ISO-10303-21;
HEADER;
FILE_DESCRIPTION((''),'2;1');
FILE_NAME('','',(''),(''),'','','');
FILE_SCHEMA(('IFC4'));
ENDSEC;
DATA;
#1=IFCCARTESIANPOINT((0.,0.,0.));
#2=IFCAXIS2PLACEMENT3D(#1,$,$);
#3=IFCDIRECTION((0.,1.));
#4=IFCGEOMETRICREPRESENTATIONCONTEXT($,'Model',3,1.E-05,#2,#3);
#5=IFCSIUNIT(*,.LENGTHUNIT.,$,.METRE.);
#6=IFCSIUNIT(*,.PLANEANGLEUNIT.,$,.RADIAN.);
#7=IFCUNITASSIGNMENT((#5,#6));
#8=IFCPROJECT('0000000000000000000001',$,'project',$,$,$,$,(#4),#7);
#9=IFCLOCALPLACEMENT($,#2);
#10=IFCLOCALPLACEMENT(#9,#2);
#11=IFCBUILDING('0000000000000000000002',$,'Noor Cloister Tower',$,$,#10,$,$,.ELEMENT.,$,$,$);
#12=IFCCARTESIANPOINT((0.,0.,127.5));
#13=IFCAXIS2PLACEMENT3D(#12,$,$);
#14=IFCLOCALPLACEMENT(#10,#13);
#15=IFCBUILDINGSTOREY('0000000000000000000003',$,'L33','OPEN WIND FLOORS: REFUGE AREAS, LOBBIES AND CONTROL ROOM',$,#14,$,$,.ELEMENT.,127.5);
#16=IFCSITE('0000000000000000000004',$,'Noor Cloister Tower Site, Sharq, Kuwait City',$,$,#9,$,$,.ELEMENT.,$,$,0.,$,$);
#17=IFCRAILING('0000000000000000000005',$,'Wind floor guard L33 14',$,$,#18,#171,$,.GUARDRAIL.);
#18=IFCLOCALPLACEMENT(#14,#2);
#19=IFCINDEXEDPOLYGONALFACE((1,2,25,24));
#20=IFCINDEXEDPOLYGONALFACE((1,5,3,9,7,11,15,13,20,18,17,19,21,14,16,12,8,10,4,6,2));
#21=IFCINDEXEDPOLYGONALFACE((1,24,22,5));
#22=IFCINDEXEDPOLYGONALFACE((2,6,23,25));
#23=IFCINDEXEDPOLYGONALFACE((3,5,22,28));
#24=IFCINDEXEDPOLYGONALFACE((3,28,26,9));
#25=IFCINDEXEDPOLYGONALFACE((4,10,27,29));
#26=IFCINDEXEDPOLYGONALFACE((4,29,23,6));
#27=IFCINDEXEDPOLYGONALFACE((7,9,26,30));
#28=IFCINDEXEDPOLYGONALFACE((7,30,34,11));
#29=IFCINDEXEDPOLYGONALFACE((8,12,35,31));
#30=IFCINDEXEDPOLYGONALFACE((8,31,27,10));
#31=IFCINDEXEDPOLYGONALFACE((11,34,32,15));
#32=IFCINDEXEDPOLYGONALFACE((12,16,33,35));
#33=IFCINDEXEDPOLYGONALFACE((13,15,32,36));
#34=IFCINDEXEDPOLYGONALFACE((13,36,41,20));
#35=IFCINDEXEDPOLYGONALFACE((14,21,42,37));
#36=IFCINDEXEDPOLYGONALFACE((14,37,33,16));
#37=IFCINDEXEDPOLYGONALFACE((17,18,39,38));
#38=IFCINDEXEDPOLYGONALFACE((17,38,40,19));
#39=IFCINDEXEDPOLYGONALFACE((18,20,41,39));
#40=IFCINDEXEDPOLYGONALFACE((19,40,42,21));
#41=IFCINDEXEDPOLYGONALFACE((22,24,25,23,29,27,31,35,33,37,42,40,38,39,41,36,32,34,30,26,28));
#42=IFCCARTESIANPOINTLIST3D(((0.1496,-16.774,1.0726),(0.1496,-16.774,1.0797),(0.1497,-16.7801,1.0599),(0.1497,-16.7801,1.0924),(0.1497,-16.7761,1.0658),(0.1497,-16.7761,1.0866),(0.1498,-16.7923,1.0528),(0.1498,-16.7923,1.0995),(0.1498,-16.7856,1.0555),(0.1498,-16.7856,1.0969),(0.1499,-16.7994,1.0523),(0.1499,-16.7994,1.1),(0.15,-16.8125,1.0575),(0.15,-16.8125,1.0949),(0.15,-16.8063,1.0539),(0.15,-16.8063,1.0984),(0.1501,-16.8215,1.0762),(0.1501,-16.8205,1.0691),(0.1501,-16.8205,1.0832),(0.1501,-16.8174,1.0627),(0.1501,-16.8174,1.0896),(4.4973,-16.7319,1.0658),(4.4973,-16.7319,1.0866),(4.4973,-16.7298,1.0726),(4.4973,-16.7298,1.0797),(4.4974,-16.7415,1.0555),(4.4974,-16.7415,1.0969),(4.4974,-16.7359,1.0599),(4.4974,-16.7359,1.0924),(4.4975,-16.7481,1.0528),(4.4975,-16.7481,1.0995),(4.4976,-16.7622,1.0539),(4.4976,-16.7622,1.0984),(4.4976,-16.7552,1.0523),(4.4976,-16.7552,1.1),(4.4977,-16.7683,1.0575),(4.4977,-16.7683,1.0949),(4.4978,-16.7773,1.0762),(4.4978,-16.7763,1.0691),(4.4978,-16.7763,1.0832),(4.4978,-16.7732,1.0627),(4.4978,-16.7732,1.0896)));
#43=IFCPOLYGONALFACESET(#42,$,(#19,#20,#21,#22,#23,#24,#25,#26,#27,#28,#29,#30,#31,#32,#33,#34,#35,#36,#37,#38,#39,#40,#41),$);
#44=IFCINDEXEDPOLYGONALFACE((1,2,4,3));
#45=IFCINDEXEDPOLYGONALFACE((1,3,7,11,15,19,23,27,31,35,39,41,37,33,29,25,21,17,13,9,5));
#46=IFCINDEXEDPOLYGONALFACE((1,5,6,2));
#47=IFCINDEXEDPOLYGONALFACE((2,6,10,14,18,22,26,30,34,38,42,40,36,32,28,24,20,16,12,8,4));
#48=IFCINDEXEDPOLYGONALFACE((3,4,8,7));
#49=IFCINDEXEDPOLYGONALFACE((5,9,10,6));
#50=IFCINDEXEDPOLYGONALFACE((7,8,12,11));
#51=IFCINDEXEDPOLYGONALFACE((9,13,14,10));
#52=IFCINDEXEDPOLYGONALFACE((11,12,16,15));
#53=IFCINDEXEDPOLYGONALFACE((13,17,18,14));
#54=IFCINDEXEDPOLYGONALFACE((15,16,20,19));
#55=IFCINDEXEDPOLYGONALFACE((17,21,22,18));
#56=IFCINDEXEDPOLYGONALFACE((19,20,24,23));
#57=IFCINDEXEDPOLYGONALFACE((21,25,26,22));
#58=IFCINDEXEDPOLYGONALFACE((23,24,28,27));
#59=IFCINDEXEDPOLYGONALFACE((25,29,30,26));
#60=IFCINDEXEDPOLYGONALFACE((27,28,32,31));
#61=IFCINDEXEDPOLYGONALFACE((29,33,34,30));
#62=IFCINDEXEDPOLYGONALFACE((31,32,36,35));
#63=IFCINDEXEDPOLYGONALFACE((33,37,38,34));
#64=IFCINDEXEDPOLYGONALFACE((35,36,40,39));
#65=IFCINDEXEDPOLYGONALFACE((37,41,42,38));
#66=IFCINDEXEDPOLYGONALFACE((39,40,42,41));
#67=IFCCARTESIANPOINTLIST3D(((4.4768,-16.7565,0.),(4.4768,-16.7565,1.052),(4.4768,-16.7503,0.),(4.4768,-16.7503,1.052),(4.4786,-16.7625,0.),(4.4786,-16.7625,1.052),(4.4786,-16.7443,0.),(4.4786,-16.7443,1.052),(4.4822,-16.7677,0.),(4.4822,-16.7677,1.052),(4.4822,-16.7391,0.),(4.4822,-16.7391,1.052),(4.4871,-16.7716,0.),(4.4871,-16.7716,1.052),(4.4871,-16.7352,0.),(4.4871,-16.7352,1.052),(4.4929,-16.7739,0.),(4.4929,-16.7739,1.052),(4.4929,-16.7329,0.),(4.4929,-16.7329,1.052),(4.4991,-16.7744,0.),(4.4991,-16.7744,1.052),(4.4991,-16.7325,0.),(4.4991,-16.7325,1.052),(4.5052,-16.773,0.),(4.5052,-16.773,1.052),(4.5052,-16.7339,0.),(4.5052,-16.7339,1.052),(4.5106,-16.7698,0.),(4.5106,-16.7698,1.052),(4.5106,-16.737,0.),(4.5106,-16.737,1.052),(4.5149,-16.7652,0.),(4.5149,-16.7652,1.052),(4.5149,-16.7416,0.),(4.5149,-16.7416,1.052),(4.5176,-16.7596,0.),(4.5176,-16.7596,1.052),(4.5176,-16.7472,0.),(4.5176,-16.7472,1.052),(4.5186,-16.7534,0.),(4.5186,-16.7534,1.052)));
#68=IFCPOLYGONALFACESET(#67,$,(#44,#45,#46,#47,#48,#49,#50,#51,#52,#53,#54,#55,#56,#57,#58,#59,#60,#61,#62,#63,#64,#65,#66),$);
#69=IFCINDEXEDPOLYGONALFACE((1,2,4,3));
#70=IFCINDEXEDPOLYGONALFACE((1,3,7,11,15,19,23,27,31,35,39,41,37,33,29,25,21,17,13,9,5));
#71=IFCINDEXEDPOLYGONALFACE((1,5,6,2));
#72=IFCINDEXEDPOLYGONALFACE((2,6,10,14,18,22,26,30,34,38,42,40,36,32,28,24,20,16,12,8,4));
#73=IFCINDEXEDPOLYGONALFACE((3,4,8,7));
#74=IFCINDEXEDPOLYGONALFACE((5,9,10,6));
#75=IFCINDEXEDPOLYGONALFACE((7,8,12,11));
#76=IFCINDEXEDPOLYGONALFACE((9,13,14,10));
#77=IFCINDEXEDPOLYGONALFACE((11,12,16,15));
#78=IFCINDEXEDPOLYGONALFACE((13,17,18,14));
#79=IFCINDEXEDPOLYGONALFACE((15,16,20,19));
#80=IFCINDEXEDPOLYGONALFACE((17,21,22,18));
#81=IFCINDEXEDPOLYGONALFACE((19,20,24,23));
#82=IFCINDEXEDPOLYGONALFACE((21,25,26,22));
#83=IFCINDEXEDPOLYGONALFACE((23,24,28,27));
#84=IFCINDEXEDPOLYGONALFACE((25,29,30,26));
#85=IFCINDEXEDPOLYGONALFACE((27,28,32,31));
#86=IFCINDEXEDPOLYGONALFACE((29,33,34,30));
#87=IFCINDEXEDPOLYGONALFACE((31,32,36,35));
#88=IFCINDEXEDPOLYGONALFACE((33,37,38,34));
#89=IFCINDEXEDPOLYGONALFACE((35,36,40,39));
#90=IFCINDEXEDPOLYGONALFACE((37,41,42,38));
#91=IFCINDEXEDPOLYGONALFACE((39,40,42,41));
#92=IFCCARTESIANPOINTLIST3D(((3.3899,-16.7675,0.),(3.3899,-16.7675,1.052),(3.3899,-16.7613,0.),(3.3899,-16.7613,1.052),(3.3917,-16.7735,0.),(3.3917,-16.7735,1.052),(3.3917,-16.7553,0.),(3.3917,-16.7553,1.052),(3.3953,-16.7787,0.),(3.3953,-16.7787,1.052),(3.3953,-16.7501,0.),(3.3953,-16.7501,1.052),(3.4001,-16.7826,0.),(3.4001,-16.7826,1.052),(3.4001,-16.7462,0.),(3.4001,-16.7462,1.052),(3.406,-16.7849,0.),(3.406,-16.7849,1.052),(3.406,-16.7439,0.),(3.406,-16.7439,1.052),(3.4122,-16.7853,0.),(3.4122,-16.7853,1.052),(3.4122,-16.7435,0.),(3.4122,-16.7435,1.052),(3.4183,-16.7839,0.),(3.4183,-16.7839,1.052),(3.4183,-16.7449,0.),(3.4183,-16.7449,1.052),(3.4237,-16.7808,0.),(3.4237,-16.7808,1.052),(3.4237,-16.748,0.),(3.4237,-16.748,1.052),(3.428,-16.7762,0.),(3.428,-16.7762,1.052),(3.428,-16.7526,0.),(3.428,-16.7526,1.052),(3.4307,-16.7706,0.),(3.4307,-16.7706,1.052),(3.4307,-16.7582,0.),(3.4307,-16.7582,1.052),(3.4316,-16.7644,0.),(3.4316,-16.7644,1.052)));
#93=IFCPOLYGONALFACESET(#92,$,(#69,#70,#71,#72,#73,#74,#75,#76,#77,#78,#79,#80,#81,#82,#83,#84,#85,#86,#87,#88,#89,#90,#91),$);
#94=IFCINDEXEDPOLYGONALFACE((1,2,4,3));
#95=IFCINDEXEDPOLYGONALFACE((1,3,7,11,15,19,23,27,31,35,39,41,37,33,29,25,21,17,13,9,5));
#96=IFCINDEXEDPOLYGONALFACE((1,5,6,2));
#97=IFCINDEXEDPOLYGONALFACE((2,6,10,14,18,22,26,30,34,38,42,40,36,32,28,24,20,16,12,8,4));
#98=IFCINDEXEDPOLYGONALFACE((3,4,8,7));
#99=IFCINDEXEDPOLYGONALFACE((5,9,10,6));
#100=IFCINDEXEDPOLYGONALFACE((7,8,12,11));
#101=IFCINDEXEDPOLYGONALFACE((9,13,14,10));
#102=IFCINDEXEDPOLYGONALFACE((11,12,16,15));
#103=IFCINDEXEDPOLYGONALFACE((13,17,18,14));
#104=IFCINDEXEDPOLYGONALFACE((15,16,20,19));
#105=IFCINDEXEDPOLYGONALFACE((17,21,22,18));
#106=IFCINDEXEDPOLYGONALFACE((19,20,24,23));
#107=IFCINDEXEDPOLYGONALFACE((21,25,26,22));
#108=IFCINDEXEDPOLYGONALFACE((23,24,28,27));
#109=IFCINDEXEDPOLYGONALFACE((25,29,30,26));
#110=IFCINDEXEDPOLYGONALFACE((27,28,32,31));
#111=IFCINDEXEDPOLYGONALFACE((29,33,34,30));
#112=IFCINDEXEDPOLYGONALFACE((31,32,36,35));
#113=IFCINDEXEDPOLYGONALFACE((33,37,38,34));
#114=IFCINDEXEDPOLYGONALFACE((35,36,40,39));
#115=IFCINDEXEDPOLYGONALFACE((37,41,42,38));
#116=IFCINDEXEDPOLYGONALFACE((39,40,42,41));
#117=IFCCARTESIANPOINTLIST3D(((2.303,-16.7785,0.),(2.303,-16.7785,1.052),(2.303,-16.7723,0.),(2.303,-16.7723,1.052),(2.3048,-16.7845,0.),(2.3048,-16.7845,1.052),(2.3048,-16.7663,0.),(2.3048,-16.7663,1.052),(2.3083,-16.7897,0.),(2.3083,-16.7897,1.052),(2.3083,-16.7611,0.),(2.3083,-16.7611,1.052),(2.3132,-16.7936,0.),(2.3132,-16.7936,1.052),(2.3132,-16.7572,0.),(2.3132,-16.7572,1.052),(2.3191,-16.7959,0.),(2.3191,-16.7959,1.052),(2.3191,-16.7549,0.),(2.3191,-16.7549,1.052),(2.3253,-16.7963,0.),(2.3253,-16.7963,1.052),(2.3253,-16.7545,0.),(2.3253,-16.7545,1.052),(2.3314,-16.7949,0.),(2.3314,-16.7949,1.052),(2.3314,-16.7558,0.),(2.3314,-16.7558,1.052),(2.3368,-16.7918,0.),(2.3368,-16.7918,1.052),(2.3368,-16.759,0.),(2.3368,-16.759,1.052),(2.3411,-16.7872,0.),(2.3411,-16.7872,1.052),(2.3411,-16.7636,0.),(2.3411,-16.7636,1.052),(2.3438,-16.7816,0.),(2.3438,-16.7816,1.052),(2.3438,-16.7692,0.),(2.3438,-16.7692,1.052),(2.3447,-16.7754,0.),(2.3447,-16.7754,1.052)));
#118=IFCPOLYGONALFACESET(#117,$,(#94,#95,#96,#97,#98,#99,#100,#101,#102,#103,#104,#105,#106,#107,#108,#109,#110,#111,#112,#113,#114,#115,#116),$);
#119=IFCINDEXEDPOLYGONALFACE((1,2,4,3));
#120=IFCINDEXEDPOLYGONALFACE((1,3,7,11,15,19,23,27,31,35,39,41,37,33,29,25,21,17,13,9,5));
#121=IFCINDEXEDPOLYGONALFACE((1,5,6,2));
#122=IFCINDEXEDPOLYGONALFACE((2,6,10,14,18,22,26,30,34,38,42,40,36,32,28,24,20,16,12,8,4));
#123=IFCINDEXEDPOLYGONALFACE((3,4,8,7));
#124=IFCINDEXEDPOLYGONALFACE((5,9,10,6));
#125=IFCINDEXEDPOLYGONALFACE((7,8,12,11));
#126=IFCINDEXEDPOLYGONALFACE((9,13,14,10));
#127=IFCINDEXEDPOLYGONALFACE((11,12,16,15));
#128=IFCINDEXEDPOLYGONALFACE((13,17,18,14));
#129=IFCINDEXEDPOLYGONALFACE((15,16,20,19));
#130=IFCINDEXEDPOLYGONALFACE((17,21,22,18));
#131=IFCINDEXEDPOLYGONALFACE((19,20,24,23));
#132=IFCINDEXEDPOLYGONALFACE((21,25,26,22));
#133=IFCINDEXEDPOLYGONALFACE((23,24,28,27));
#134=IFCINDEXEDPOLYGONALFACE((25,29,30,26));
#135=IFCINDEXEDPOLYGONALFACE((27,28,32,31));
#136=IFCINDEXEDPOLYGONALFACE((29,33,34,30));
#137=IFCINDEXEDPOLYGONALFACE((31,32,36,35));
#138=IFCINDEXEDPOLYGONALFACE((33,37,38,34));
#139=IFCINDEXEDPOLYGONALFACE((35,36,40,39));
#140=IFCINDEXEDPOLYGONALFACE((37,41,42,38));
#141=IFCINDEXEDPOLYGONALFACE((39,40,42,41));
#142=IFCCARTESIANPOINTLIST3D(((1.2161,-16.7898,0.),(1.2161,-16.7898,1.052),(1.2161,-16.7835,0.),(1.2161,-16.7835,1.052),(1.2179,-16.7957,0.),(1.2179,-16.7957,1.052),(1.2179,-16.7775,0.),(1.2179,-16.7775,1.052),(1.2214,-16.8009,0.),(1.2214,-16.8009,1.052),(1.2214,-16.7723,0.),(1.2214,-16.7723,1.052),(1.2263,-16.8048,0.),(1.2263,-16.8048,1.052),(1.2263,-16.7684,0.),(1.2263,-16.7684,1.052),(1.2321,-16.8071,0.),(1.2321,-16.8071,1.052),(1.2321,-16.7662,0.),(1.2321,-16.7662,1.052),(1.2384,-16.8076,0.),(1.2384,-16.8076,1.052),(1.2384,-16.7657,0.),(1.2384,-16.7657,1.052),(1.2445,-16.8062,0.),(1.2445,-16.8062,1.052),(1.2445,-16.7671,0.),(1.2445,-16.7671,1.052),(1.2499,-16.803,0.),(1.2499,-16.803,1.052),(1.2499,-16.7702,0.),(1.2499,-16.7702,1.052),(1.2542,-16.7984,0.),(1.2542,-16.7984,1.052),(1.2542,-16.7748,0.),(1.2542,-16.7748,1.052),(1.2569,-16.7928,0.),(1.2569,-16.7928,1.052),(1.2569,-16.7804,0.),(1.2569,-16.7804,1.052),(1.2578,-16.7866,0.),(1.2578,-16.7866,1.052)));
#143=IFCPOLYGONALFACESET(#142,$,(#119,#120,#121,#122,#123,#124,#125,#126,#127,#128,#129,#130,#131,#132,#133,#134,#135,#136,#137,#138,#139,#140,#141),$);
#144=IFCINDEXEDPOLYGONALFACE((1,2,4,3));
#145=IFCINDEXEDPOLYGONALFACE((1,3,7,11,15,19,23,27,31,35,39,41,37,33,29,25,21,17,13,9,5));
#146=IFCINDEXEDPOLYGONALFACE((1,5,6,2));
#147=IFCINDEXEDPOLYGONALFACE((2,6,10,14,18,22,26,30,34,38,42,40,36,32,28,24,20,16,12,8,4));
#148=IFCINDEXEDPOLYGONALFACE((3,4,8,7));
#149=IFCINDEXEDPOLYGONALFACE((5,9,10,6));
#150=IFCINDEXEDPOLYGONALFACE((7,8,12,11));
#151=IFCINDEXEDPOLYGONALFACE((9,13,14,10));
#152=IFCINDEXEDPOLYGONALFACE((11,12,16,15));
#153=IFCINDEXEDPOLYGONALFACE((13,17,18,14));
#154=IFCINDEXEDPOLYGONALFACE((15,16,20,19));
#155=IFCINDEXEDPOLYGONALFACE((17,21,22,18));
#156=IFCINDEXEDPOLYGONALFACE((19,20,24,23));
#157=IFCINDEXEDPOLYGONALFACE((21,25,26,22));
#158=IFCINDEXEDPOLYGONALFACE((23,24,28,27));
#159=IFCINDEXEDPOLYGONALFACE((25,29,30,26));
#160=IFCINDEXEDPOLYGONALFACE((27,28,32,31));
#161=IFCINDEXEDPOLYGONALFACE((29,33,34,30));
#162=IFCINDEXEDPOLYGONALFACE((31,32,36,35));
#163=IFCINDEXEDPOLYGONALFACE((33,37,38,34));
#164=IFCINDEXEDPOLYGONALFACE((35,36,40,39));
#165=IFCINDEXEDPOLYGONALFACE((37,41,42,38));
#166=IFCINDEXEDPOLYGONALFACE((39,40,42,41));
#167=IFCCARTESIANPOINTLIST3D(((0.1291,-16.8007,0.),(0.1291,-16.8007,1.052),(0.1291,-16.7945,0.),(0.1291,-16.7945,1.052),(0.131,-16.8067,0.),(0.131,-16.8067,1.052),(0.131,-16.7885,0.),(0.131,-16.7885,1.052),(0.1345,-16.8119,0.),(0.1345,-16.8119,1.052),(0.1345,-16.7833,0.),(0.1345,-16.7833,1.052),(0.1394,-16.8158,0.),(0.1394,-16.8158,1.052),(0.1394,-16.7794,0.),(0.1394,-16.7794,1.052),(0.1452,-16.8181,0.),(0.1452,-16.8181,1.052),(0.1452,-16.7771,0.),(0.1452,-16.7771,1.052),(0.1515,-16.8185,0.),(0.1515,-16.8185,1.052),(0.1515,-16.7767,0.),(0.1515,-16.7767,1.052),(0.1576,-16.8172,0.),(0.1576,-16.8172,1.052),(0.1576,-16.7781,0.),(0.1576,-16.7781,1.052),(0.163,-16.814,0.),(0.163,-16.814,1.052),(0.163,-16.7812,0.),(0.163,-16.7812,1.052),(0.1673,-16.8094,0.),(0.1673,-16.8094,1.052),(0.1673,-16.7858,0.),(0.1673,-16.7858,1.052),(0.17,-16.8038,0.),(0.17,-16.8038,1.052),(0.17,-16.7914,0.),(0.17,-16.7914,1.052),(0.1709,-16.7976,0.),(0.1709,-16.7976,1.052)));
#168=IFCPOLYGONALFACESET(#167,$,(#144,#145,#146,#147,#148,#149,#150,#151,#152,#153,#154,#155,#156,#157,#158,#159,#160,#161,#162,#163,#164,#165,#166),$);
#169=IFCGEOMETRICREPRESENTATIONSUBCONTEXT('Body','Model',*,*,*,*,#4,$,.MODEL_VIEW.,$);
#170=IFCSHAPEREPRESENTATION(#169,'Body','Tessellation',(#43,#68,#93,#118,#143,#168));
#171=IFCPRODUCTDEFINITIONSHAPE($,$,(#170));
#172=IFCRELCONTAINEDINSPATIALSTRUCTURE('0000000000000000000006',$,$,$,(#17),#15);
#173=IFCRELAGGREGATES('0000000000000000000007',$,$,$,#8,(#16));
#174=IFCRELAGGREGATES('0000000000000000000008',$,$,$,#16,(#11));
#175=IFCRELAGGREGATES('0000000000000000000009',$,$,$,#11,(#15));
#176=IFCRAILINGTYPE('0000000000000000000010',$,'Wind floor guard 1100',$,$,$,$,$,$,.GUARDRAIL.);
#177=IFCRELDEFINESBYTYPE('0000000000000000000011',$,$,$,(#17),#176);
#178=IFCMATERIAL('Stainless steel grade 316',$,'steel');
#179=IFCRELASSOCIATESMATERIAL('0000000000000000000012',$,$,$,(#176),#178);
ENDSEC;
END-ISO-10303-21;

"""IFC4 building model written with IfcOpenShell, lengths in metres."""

from ifc_helpers import new_model, si_unit, direction, frame, origin, origin_2d, place, context, subcontext, project, spatial, circle, extrude, material, type_object, element, save


model = new_model("IFC4")

# Units and contexts
model_context = context("Model", 3, precision=1e-05, world=origin(), true_north=direction((0.0, 1.0)))
body_context = subcontext(model_context, "Body", "Model", "MODEL_VIEW")
ifc_project = project(units=[si_unit("LENGTHUNIT", "METRE"), si_unit("PLANEANGLEUNIT", "RADIAN")], contexts=[model_context])

# Site, building, storey
site_placement = place(None, origin())
site = spatial("IfcSite", under=ifc_project, at=site_placement, Name="Noor Cloister Tower Site, Sharq, Kuwait City", CompositionType="ELEMENT", RefElevation=0.0)
building_placement = place(site_placement, origin())
building = spatial("IfcBuilding", under=site, at=building_placement, Name="Noor Cloister Tower", CompositionType="ELEMENT")
storey_placement = place(building_placement, frame((0.0, 0.0, 127.5)))
storey = spatial("IfcBuildingStorey", under=building, at=storey_placement, Name="L33", Description="OPEN WIND FLOORS: REFUGE AREAS, LOBBIES AND CONTROL ROOM", CompositionType="ELEMENT", Elevation=127.5)

# Railing
ifc_material_1 = material(Name="Stainless steel grade 316", Category="steel")
railing_type_1 = type_object("IfcRailingType", Name="Wind floor guard 1100", PredefinedType="GUARDRAIL", material=ifc_material_1)
railing_1_placement = place(storey_placement, frame((4.4976, -16.7534, 0.0)))
element("IfcRailing", 1, at=railing_1_placement, inside=storey, type_object=railing_type_1, Name="Wind floor guard L33 14", PredefinedType="GUARDRAIL", context=body_context, shape_type="SweptSolid", body=[
    extrude(circle(Radius=0.0239, at=origin_2d()), frame((0.0, 0.0, 1.0762), z_axis=(-0.999948, -0.010163, 0.0), x_axis=(0.010163, -0.999948, 0.0)), (0.0, 0.0, 1.0), 4.3479),
    extrude(circle(Radius=0.021, at=origin_2d()), origin(), (0.0, 0.0, 1.0), 1.052),
    extrude(circle(Radius=0.021, at=origin_2d()), frame((-1.0869, -0.011, 0.0)), (0.0, 0.0, 1.0), 1.052),
    extrude(circle(Radius=0.021, at=origin_2d()), frame((-2.1738, -0.022, 0.0)), (0.0, 0.0, 1.0), 1.052),
    extrude(circle(Radius=0.021, at=origin_2d()), frame((-3.2607, -0.0332, 0.0)), (0.0, 0.0, 1.0), 1.052),
    extrude(circle(Radius=0.021, at=origin_2d()), frame((-4.3477, -0.0442, 0.0)), (0.0, 0.0, 1.0), 1.052),
])

save(model, "model.ifc")
